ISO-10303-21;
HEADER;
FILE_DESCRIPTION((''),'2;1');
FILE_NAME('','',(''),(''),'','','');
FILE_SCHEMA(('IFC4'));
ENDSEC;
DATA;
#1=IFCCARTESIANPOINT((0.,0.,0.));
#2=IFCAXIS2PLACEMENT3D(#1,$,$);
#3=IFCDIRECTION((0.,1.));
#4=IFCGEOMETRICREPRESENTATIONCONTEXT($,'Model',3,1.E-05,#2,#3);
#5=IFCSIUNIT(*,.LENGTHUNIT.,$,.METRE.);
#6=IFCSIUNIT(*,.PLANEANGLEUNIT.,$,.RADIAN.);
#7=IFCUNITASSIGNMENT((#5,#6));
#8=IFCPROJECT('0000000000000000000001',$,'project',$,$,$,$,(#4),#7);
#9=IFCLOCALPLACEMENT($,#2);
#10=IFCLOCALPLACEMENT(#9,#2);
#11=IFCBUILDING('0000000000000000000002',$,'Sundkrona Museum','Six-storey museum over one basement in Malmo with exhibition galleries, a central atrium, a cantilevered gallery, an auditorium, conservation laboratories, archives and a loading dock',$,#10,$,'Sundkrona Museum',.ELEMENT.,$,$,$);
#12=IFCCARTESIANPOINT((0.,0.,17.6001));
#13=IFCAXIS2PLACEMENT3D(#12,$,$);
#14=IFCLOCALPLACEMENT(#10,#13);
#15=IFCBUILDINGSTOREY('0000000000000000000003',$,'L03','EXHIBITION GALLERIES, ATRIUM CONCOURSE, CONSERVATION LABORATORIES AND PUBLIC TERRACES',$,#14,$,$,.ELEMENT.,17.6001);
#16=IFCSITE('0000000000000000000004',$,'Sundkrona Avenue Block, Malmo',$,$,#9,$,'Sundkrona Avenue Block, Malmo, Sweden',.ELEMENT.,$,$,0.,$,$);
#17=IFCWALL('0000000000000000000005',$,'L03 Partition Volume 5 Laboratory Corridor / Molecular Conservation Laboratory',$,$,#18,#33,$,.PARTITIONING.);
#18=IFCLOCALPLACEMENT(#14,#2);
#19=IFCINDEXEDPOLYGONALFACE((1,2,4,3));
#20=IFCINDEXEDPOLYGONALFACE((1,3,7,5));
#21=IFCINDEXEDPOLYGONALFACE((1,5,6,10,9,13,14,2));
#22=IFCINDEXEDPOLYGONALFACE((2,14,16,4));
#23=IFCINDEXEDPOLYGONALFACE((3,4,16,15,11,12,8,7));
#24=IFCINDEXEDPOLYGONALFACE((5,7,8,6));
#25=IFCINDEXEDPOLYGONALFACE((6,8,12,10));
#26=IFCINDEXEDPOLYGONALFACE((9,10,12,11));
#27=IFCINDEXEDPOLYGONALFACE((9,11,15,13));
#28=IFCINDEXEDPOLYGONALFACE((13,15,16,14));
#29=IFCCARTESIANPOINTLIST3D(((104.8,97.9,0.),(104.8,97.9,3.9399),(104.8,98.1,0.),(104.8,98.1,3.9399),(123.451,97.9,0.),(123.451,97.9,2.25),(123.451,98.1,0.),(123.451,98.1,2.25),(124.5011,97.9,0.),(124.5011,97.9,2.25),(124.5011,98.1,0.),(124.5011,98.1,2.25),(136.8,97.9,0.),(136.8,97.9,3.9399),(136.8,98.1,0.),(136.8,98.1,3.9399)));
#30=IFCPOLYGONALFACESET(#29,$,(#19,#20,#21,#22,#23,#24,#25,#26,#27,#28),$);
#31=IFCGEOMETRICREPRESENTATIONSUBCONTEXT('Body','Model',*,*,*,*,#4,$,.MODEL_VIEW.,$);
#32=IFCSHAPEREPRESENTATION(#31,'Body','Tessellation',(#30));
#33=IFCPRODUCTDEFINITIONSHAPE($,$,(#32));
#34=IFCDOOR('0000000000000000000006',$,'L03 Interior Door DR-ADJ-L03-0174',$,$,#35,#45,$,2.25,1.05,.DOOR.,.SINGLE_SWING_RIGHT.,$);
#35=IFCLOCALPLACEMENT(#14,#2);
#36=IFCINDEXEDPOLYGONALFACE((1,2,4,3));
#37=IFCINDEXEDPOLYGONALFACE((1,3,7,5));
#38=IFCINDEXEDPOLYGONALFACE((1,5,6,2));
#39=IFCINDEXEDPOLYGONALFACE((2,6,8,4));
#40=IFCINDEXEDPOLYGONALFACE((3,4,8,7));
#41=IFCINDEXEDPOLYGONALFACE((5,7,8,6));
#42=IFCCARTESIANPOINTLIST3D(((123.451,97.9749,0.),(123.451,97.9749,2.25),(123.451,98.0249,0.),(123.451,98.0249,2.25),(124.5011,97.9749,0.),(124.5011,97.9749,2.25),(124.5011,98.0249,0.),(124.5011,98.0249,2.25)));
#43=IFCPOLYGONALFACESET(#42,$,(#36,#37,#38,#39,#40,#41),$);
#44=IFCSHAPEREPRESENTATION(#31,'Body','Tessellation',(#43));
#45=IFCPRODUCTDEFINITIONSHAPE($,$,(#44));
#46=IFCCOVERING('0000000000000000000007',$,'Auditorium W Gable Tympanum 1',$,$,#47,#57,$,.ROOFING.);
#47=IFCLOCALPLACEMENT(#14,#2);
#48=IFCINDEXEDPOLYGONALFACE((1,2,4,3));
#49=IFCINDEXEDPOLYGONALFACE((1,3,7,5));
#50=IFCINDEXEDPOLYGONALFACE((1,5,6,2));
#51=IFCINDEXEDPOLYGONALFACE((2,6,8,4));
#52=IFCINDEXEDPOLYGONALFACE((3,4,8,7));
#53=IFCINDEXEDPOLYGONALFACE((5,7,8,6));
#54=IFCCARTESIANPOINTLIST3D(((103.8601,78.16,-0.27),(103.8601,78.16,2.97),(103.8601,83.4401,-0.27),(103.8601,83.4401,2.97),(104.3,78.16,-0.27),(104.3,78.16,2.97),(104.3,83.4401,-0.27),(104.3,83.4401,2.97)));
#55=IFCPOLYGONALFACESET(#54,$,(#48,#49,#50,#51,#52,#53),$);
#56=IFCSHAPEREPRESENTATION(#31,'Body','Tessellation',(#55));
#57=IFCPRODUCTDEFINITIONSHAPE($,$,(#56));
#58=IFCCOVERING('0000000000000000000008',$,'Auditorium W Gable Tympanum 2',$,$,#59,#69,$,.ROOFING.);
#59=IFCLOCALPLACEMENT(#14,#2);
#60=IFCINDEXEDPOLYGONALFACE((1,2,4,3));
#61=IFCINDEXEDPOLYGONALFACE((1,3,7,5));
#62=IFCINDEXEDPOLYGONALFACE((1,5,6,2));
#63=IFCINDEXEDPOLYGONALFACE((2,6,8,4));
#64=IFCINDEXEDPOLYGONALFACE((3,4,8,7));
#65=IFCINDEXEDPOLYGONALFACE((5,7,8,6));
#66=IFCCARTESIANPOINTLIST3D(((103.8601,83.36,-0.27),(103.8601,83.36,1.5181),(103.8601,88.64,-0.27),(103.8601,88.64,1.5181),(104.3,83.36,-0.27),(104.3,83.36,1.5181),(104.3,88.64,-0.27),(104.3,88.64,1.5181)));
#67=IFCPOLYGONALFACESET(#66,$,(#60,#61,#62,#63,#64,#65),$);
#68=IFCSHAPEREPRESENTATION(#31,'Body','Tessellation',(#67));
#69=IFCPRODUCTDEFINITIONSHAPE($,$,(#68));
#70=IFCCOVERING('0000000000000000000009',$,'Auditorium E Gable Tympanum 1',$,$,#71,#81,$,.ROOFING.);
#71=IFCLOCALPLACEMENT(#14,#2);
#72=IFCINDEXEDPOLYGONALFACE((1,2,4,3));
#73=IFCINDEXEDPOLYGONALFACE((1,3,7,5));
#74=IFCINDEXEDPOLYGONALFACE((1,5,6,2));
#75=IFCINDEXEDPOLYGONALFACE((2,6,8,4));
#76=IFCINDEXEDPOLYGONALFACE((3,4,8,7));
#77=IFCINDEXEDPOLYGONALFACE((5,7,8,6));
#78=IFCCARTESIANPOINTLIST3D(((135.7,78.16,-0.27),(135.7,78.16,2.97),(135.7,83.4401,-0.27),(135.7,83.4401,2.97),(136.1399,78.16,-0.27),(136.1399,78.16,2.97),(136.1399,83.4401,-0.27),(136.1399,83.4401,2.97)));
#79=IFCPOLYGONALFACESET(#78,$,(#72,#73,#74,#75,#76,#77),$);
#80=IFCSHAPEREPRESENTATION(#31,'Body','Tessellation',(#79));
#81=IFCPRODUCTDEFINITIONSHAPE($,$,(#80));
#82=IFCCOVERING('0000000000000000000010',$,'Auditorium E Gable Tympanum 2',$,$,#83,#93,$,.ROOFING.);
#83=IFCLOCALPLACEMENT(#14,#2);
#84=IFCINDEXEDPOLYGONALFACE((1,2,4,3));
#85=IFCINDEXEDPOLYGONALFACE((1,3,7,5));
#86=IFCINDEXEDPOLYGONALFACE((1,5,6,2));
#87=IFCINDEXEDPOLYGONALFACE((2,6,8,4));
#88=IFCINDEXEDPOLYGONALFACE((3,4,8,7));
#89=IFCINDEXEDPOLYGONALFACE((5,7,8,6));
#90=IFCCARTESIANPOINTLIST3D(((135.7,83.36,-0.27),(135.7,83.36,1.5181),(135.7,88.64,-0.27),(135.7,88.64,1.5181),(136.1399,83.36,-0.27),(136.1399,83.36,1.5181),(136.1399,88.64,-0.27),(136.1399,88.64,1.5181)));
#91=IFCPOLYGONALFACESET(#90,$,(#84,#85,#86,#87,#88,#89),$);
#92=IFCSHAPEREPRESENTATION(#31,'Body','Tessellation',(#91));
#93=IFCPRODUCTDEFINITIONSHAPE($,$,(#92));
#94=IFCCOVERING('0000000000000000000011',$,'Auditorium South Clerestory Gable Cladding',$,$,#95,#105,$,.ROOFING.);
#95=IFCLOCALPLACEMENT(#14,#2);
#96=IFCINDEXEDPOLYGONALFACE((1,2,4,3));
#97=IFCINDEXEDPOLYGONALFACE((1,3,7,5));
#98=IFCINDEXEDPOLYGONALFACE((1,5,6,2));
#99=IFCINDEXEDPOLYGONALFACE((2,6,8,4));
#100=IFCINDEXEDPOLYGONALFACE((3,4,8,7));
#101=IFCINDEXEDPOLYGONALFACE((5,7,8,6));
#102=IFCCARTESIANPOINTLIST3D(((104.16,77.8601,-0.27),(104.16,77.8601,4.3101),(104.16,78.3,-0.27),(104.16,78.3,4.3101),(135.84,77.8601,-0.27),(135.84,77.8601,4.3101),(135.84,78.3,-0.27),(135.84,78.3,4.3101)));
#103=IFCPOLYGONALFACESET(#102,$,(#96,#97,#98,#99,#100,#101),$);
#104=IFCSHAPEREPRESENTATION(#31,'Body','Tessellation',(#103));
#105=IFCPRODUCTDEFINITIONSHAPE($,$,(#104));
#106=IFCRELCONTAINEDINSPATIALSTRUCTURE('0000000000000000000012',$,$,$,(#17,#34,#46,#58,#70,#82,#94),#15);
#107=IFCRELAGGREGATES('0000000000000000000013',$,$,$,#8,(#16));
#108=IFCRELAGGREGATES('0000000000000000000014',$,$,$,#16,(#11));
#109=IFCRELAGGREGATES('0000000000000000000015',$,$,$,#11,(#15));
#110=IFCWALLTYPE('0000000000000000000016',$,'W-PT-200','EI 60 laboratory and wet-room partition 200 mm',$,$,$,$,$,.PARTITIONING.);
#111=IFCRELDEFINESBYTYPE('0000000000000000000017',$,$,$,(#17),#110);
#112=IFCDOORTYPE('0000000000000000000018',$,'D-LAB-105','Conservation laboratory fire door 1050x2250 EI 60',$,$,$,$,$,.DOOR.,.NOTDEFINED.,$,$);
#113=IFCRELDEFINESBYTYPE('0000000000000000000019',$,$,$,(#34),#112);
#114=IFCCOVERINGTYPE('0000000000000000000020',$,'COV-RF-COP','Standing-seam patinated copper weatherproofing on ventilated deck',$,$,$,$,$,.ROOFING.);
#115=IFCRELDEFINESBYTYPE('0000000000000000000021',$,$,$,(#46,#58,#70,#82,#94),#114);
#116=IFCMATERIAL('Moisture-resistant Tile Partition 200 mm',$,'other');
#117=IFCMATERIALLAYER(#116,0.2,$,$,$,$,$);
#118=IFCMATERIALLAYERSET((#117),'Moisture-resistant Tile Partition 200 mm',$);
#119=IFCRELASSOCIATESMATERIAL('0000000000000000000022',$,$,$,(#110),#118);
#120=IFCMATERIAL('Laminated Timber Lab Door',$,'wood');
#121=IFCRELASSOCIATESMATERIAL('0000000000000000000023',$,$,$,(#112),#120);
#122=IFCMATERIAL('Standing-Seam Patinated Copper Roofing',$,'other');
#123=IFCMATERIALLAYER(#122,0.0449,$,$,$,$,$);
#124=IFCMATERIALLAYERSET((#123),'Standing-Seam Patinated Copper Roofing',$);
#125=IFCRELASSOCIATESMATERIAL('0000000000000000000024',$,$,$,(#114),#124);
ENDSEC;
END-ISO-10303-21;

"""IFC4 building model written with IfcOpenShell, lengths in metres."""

from ifc_helpers import new_model, si_unit, direction, frame, frame_2d, origin, origin_2d, place, context, subcontext, project, spatial, rectangle, extrude, material, layer, layer_set, type_object, element, fill, save


model = new_model("IFC4")

# Units and contexts
model_context = context("Model", 3, precision=1e-05, world=origin(), true_north=direction((0.0, 1.0)))
body_context = subcontext(model_context, "Body", "Model", "MODEL_VIEW")
ifc_project = project(units=[si_unit("LENGTHUNIT", "METRE"), si_unit("PLANEANGLEUNIT", "RADIAN")], contexts=[model_context])

# Site, building, storey
site_placement = place(None, origin())
site = spatial("IfcSite", under=ifc_project, at=site_placement, Name="Sundkrona Avenue Block, Malmo", LongName="Sundkrona Avenue Block, Malmo, Sweden", CompositionType="ELEMENT", RefElevation=0.0)
building_placement = place(site_placement, origin())
building = spatial("IfcBuilding", under=site, at=building_placement, Name="Sundkrona Museum", Description="Six-storey museum over one basement in Malmo with exhibition galleries, a central atrium, a cantilevered gallery, an auditorium, conservation laboratories, archives and a loading dock", LongName="Sundkrona Museum", CompositionType="ELEMENT")
storey_placement = place(building_placement, frame((0.0, 0.0, 17.6001)))
storey = spatial("IfcBuildingStorey", under=building, at=storey_placement, Name="L03", Description="EXHIBITION GALLERIES, ATRIUM CONCOURSE, CONSERVATION LABORATORIES AND PUBLIC TERRACES", CompositionType="ELEMENT", Elevation=17.6001)

# Wall, opening, door
ifc_material_1 = material(Name="Moisture-resistant Tile Partition 200 mm", Category="other")
ifc_layer_1 = layer(ifc_material_1, 0.2)
ifc_layer_set_1 = layer_set([ifc_layer_1], Name="Moisture-resistant Tile Partition 200 mm")
wall_type_1 = type_object("IfcWallType", Name="W-PT-200", Description="EI 60 laboratory and wet-room partition 200 mm", PredefinedType="PARTITIONING", material=ifc_layer_set_1)
wall_1_placement = place(storey_placement, frame((104.8, 98.0, 0.0), z_axis=(0.0, 0.0, 1.0), x_axis=(1.0, 0.0, 0.0)))
wall_1 = element("IfcWall", 1, at=wall_1_placement, inside=storey, type_object=wall_type_1, Name="L03 Partition Volume 5 Laboratory Corridor / Molecular Conservation Laboratory", PredefinedType="PARTITIONING", context=body_context, shape_type="SweptSolid", body=[
    extrude(rectangle(XDim=32.0, YDim=0.2, at=frame_2d((16.0, 0.0))), origin(), (0.0, 0.0, 1.0), 3.9399),
])
opening_1_placement = place(wall_1_placement, frame((18.6511, 0.0, 0.0)))
opening_1 = element("IfcOpeningElement", 2, at=opening_1_placement, cuts=wall_1, PredefinedType="OPENING", context=body_context, shape_type="SweptSolid", body=[
    extrude(rectangle(XDim=1.05, YDim=2.25, at=frame_2d((0.5249, 1.125))), frame((0.0, 0.1099, 0.0), z_axis=(0.0, -1.0, 0.0), x_axis=(1.0, 0.0, 0.0)), (0.0, 0.0, 1.0), 0.22),
])
ifc_material_2 = material(Name="Laminated Timber Lab Door", Category="wood")
door_type = type_object("IfcDoorType", Name="D-LAB-105", Description="Conservation laboratory fire door 1050x2250 EI 60", OperationType="NOTDEFINED", PredefinedType="DOOR", material=ifc_material_2)
door_placement = place(opening_1_placement, origin())
door = element("IfcDoor", 3, at=door_placement, inside=storey, type_object=door_type, Name="L03 Interior Door DR-ADJ-L03-0174", OperationType="SINGLE_SWING_RIGHT", OverallHeight=2.25, OverallWidth=1.05, PredefinedType="DOOR", context=body_context, shape_type="SweptSolid", body=[
    extrude(rectangle(XDim=1.05, YDim=2.25, at=frame_2d((0.5249, 1.125))), frame((0.0, 0.0249, 0.0), z_axis=(0.0, -1.0, 0.0), x_axis=(1.0, 0.0, 0.0)), (0.0, 0.0, 1.0), 0.05),
])
fill(opening_1, door)

# Coverings
ifc_material_3 = material(Name="Standing-Seam Patinated Copper Roofing", Category="other")
ifc_layer_2 = layer(ifc_material_3, 0.0449)
ifc_layer_set_2 = layer_set([ifc_layer_2], Name="Standing-Seam Patinated Copper Roofing")
covering_type = type_object("IfcCoveringType", Name="COV-RF-COP", Description="Standing-seam patinated copper weatherproofing on ventilated deck", PredefinedType="ROOFING", material=ifc_layer_set_2)
covering_1_placement = place(storey_placement, frame((104.0801, 80.8, -0.27), z_axis=(0.0, 0.0, 1.0), x_axis=(0.0, 1.0, 0.0)))
element("IfcCovering", 4, at=covering_1_placement, inside=storey, type_object=covering_type, Name="Auditorium W Gable Tympanum 1", PredefinedType="ROOFING", context=body_context, shape_type="SweptSolid", body=[
    extrude(rectangle(XDim=5.28, YDim=0.4399, at=origin_2d()), origin(), (0.0, 0.0, 1.0), 3.24),
])
covering_2_placement = place(storey_placement, frame((104.0801, 86.0, -0.27), z_axis=(0.0, 0.0, 1.0), x_axis=(0.0, 1.0, 0.0)))
element("IfcCovering", 5, at=covering_2_placement, inside=storey, type_object=covering_type, Name="Auditorium W Gable Tympanum 2", PredefinedType="ROOFING", context=body_context, shape_type="SweptSolid", body=[
    extrude(rectangle(XDim=5.28, YDim=0.4399, at=origin_2d()), origin(), (0.0, 0.0, 1.0), 1.7881),
])
covering_3_placement = place(storey_placement, frame((135.9199, 80.8, -0.27), z_axis=(0.0, 0.0, 1.0), x_axis=(0.0, 1.0, 0.0)))
element("IfcCovering", 6, at=covering_3_placement, inside=storey, type_object=covering_type, Name="Auditorium E Gable Tympanum 1", PredefinedType="ROOFING", context=body_context, shape_type="SweptSolid", body=[
    extrude(rectangle(XDim=5.28, YDim=0.4399, at=origin_2d()), origin(), (0.0, 0.0, 1.0), 3.24),
])
covering_4_placement = place(storey_placement, frame((135.9199, 86.0, -0.27), z_axis=(0.0, 0.0, 1.0), x_axis=(0.0, 1.0, 0.0)))
element("IfcCovering", 7, at=covering_4_placement, inside=storey, type_object=covering_type, Name="Auditorium E Gable Tympanum 2", PredefinedType="ROOFING", context=body_context, shape_type="SweptSolid", body=[
    extrude(rectangle(XDim=5.28, YDim=0.4399, at=origin_2d()), origin(), (0.0, 0.0, 1.0), 1.7881),
])
covering_5_placement = place(storey_placement, frame((120.0, 78.0801, -0.27), z_axis=(0.0, 0.0, 1.0), x_axis=(1.0, 0.0, 0.0)))
element("IfcCovering", 8, at=covering_5_placement, inside=storey, type_object=covering_type, Name="Auditorium South Clerestory Gable Cladding", PredefinedType="ROOFING", context=body_context, shape_type="SweptSolid", body=[
    extrude(rectangle(XDim=31.6799, YDim=0.4399, at=origin_2d()), origin(), (0.0, 0.0, 1.0), 4.5801),
])

save(model, "model.ifc")
